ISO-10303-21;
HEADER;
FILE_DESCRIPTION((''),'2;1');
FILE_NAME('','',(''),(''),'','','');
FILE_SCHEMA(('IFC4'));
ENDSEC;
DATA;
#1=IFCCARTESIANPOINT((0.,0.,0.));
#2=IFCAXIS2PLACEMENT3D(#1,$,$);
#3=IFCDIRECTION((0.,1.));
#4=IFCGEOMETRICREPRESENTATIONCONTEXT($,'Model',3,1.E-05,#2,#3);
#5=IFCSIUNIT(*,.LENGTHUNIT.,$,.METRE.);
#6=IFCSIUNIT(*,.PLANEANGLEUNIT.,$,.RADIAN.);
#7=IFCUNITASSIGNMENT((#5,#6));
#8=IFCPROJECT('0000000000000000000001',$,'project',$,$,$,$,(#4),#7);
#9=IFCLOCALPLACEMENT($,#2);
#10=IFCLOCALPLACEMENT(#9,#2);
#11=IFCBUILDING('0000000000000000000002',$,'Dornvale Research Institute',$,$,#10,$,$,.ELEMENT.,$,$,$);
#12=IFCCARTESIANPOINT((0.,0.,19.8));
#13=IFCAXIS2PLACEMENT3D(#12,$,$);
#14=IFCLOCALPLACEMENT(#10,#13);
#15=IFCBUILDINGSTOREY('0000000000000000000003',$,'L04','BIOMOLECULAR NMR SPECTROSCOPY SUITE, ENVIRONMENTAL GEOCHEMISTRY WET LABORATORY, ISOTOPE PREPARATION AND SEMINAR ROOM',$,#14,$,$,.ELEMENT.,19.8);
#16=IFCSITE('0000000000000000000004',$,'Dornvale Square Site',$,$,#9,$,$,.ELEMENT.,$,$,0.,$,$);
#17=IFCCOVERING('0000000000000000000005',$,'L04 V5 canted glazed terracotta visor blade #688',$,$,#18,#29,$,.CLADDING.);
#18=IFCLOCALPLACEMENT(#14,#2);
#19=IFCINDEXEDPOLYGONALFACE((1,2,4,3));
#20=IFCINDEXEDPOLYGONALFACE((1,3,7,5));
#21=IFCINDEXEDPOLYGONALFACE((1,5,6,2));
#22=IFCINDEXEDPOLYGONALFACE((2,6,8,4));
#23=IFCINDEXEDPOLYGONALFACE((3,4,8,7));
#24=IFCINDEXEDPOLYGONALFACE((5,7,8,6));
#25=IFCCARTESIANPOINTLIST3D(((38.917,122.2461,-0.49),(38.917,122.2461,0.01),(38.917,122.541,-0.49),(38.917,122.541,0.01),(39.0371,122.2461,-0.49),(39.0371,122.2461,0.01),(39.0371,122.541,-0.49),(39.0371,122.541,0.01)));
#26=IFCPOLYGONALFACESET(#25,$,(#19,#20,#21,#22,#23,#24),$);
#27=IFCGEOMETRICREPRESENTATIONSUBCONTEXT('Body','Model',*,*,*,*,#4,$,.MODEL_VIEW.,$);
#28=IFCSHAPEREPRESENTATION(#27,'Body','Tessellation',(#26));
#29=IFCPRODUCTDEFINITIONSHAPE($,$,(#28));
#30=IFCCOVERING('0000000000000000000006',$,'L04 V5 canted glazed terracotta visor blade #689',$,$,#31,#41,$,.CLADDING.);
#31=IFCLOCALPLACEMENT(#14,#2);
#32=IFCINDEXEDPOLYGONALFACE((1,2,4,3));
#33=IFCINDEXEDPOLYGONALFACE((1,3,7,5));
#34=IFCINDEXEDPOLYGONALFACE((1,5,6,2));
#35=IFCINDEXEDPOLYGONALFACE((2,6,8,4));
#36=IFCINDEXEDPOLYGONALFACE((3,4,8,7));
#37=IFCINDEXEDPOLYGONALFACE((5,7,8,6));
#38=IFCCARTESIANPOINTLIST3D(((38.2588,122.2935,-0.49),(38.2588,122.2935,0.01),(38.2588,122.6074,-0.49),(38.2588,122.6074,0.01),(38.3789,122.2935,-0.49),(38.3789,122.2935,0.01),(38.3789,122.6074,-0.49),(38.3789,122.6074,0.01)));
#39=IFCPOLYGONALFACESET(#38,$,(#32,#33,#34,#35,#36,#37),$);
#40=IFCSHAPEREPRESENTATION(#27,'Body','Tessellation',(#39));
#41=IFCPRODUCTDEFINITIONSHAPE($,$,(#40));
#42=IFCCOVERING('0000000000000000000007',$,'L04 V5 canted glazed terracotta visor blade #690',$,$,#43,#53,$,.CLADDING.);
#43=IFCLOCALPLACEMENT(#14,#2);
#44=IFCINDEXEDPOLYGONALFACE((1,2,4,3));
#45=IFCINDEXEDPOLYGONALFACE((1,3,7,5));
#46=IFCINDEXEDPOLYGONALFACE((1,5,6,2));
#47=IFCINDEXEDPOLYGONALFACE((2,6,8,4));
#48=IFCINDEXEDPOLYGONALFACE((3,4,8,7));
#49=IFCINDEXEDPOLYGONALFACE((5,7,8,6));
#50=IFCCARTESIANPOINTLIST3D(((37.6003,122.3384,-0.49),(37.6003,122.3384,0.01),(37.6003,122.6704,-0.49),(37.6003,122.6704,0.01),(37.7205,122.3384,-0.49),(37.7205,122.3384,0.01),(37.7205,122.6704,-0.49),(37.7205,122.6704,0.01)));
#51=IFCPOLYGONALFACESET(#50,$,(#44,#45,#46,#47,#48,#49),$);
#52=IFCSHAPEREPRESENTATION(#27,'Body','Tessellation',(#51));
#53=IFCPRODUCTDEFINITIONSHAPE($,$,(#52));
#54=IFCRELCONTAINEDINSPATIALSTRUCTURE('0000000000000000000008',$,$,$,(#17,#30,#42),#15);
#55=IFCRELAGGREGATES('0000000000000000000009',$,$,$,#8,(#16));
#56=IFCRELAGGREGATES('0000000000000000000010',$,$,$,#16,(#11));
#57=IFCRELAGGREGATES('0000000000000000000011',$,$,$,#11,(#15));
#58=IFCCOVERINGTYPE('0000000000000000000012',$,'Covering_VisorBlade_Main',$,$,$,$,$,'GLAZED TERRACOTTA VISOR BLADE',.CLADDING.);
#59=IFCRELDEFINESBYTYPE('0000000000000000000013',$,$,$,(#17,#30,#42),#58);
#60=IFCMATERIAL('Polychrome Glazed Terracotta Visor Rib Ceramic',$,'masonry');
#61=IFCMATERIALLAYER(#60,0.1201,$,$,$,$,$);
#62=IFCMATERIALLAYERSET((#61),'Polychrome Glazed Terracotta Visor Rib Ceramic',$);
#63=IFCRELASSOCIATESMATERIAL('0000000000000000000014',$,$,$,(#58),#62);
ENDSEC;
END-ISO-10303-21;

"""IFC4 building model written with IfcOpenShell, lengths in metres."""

from ifc_helpers import new_model, si_unit, direction, frame, origin, origin_2d, place, context, subcontext, project, spatial, rectangle, extrude, material, layer, layer_set, type_object, element, save


model = new_model("IFC4")

# Units and contexts
model_context = context("Model", 3, precision=1e-05, world=origin(), true_north=direction((0.0, 1.0)))
body_context = subcontext(model_context, "Body", "Model", "MODEL_VIEW")
ifc_project = project(units=[si_unit("LENGTHUNIT", "METRE"), si_unit("PLANEANGLEUNIT", "RADIAN")], contexts=[model_context])

# Site, building, storey
site_placement = place(None, origin())
site = spatial("IfcSite", under=ifc_project, at=site_placement, Name="Dornvale Square Site", CompositionType="ELEMENT", RefElevation=0.0)
building_placement = place(site_placement, origin())
building = spatial("IfcBuilding", under=site, at=building_placement, Name="Dornvale Research Institute", CompositionType="ELEMENT")
storey_placement = place(building_placement, frame((0.0, 0.0, 19.8)))
storey = spatial("IfcBuildingStorey", under=building, at=storey_placement, Name="L04", Description="BIOMOLECULAR NMR SPECTROSCOPY SUITE, ENVIRONMENTAL GEOCHEMISTRY WET LABORATORY, ISOTOPE PREPARATION AND SEMINAR ROOM", CompositionType="ELEMENT", Elevation=19.8)

# Coverings
ifc_material_1 = material(Name="Polychrome Glazed Terracotta Visor Rib Ceramic", Category="masonry")
ifc_layer_1 = layer(ifc_material_1, 0.1201)
ifc_layer_set_1 = layer_set([ifc_layer_1], Name="Polychrome Glazed Terracotta Visor Rib Ceramic")
covering_type = type_object("IfcCoveringType", Name="Covering_VisorBlade_Main", ElementType="GLAZED TERRACOTTA VISOR BLADE", PredefinedType="CLADDING", material=ifc_layer_set_1)
covering_1_placement = place(storey_placement, frame((38.9771, 122.3936, -0.49), z_axis=(0.0, 0.0, 1.0), x_axis=(0.0, 1.0, 0.0)))
element("IfcCovering", 1, at=covering_1_placement, inside=storey, type_object=covering_type, Name="L04 V5 canted glazed terracotta visor blade #688", PredefinedType="CLADDING", context=body_context, shape_type="SweptSolid", body=[
    extrude(rectangle(XDim=0.2949, YDim=0.1201, at=origin_2d()), origin(), (0.0, 0.0, 1.0), 0.5),
])
covering_2_placement = place(storey_placement, frame((38.3188, 122.4504, -0.49), z_axis=(0.0, 0.0, 1.0), x_axis=(0.0, 1.0, 0.0)))
element("IfcCovering", 2, at=covering_2_placement, inside=storey, type_object=covering_type, Name="L04 V5 canted glazed terracotta visor blade #689", PredefinedType="CLADDING", context=body_context, shape_type="SweptSolid", body=[
    extrude(rectangle(XDim=0.314, YDim=0.1201, at=origin_2d()), origin(), (0.0, 0.0, 1.0), 0.5),
])
covering_3_placement = place(storey_placement, frame((37.6604, 122.5044, -0.49), z_axis=(0.0, 0.0, 1.0), x_axis=(0.0, 1.0, 0.0)))
element("IfcCovering", 3, at=covering_3_placement, inside=storey, type_object=covering_type, Name="L04 V5 canted glazed terracotta visor blade #690", PredefinedType="CLADDING", context=body_context, shape_type="SweptSolid", body=[
    extrude(rectangle(XDim=0.332, YDim=0.1201, at=origin_2d()), origin(), (0.0, 0.0, 1.0), 0.5),
])

save(model, "model.ifc")
